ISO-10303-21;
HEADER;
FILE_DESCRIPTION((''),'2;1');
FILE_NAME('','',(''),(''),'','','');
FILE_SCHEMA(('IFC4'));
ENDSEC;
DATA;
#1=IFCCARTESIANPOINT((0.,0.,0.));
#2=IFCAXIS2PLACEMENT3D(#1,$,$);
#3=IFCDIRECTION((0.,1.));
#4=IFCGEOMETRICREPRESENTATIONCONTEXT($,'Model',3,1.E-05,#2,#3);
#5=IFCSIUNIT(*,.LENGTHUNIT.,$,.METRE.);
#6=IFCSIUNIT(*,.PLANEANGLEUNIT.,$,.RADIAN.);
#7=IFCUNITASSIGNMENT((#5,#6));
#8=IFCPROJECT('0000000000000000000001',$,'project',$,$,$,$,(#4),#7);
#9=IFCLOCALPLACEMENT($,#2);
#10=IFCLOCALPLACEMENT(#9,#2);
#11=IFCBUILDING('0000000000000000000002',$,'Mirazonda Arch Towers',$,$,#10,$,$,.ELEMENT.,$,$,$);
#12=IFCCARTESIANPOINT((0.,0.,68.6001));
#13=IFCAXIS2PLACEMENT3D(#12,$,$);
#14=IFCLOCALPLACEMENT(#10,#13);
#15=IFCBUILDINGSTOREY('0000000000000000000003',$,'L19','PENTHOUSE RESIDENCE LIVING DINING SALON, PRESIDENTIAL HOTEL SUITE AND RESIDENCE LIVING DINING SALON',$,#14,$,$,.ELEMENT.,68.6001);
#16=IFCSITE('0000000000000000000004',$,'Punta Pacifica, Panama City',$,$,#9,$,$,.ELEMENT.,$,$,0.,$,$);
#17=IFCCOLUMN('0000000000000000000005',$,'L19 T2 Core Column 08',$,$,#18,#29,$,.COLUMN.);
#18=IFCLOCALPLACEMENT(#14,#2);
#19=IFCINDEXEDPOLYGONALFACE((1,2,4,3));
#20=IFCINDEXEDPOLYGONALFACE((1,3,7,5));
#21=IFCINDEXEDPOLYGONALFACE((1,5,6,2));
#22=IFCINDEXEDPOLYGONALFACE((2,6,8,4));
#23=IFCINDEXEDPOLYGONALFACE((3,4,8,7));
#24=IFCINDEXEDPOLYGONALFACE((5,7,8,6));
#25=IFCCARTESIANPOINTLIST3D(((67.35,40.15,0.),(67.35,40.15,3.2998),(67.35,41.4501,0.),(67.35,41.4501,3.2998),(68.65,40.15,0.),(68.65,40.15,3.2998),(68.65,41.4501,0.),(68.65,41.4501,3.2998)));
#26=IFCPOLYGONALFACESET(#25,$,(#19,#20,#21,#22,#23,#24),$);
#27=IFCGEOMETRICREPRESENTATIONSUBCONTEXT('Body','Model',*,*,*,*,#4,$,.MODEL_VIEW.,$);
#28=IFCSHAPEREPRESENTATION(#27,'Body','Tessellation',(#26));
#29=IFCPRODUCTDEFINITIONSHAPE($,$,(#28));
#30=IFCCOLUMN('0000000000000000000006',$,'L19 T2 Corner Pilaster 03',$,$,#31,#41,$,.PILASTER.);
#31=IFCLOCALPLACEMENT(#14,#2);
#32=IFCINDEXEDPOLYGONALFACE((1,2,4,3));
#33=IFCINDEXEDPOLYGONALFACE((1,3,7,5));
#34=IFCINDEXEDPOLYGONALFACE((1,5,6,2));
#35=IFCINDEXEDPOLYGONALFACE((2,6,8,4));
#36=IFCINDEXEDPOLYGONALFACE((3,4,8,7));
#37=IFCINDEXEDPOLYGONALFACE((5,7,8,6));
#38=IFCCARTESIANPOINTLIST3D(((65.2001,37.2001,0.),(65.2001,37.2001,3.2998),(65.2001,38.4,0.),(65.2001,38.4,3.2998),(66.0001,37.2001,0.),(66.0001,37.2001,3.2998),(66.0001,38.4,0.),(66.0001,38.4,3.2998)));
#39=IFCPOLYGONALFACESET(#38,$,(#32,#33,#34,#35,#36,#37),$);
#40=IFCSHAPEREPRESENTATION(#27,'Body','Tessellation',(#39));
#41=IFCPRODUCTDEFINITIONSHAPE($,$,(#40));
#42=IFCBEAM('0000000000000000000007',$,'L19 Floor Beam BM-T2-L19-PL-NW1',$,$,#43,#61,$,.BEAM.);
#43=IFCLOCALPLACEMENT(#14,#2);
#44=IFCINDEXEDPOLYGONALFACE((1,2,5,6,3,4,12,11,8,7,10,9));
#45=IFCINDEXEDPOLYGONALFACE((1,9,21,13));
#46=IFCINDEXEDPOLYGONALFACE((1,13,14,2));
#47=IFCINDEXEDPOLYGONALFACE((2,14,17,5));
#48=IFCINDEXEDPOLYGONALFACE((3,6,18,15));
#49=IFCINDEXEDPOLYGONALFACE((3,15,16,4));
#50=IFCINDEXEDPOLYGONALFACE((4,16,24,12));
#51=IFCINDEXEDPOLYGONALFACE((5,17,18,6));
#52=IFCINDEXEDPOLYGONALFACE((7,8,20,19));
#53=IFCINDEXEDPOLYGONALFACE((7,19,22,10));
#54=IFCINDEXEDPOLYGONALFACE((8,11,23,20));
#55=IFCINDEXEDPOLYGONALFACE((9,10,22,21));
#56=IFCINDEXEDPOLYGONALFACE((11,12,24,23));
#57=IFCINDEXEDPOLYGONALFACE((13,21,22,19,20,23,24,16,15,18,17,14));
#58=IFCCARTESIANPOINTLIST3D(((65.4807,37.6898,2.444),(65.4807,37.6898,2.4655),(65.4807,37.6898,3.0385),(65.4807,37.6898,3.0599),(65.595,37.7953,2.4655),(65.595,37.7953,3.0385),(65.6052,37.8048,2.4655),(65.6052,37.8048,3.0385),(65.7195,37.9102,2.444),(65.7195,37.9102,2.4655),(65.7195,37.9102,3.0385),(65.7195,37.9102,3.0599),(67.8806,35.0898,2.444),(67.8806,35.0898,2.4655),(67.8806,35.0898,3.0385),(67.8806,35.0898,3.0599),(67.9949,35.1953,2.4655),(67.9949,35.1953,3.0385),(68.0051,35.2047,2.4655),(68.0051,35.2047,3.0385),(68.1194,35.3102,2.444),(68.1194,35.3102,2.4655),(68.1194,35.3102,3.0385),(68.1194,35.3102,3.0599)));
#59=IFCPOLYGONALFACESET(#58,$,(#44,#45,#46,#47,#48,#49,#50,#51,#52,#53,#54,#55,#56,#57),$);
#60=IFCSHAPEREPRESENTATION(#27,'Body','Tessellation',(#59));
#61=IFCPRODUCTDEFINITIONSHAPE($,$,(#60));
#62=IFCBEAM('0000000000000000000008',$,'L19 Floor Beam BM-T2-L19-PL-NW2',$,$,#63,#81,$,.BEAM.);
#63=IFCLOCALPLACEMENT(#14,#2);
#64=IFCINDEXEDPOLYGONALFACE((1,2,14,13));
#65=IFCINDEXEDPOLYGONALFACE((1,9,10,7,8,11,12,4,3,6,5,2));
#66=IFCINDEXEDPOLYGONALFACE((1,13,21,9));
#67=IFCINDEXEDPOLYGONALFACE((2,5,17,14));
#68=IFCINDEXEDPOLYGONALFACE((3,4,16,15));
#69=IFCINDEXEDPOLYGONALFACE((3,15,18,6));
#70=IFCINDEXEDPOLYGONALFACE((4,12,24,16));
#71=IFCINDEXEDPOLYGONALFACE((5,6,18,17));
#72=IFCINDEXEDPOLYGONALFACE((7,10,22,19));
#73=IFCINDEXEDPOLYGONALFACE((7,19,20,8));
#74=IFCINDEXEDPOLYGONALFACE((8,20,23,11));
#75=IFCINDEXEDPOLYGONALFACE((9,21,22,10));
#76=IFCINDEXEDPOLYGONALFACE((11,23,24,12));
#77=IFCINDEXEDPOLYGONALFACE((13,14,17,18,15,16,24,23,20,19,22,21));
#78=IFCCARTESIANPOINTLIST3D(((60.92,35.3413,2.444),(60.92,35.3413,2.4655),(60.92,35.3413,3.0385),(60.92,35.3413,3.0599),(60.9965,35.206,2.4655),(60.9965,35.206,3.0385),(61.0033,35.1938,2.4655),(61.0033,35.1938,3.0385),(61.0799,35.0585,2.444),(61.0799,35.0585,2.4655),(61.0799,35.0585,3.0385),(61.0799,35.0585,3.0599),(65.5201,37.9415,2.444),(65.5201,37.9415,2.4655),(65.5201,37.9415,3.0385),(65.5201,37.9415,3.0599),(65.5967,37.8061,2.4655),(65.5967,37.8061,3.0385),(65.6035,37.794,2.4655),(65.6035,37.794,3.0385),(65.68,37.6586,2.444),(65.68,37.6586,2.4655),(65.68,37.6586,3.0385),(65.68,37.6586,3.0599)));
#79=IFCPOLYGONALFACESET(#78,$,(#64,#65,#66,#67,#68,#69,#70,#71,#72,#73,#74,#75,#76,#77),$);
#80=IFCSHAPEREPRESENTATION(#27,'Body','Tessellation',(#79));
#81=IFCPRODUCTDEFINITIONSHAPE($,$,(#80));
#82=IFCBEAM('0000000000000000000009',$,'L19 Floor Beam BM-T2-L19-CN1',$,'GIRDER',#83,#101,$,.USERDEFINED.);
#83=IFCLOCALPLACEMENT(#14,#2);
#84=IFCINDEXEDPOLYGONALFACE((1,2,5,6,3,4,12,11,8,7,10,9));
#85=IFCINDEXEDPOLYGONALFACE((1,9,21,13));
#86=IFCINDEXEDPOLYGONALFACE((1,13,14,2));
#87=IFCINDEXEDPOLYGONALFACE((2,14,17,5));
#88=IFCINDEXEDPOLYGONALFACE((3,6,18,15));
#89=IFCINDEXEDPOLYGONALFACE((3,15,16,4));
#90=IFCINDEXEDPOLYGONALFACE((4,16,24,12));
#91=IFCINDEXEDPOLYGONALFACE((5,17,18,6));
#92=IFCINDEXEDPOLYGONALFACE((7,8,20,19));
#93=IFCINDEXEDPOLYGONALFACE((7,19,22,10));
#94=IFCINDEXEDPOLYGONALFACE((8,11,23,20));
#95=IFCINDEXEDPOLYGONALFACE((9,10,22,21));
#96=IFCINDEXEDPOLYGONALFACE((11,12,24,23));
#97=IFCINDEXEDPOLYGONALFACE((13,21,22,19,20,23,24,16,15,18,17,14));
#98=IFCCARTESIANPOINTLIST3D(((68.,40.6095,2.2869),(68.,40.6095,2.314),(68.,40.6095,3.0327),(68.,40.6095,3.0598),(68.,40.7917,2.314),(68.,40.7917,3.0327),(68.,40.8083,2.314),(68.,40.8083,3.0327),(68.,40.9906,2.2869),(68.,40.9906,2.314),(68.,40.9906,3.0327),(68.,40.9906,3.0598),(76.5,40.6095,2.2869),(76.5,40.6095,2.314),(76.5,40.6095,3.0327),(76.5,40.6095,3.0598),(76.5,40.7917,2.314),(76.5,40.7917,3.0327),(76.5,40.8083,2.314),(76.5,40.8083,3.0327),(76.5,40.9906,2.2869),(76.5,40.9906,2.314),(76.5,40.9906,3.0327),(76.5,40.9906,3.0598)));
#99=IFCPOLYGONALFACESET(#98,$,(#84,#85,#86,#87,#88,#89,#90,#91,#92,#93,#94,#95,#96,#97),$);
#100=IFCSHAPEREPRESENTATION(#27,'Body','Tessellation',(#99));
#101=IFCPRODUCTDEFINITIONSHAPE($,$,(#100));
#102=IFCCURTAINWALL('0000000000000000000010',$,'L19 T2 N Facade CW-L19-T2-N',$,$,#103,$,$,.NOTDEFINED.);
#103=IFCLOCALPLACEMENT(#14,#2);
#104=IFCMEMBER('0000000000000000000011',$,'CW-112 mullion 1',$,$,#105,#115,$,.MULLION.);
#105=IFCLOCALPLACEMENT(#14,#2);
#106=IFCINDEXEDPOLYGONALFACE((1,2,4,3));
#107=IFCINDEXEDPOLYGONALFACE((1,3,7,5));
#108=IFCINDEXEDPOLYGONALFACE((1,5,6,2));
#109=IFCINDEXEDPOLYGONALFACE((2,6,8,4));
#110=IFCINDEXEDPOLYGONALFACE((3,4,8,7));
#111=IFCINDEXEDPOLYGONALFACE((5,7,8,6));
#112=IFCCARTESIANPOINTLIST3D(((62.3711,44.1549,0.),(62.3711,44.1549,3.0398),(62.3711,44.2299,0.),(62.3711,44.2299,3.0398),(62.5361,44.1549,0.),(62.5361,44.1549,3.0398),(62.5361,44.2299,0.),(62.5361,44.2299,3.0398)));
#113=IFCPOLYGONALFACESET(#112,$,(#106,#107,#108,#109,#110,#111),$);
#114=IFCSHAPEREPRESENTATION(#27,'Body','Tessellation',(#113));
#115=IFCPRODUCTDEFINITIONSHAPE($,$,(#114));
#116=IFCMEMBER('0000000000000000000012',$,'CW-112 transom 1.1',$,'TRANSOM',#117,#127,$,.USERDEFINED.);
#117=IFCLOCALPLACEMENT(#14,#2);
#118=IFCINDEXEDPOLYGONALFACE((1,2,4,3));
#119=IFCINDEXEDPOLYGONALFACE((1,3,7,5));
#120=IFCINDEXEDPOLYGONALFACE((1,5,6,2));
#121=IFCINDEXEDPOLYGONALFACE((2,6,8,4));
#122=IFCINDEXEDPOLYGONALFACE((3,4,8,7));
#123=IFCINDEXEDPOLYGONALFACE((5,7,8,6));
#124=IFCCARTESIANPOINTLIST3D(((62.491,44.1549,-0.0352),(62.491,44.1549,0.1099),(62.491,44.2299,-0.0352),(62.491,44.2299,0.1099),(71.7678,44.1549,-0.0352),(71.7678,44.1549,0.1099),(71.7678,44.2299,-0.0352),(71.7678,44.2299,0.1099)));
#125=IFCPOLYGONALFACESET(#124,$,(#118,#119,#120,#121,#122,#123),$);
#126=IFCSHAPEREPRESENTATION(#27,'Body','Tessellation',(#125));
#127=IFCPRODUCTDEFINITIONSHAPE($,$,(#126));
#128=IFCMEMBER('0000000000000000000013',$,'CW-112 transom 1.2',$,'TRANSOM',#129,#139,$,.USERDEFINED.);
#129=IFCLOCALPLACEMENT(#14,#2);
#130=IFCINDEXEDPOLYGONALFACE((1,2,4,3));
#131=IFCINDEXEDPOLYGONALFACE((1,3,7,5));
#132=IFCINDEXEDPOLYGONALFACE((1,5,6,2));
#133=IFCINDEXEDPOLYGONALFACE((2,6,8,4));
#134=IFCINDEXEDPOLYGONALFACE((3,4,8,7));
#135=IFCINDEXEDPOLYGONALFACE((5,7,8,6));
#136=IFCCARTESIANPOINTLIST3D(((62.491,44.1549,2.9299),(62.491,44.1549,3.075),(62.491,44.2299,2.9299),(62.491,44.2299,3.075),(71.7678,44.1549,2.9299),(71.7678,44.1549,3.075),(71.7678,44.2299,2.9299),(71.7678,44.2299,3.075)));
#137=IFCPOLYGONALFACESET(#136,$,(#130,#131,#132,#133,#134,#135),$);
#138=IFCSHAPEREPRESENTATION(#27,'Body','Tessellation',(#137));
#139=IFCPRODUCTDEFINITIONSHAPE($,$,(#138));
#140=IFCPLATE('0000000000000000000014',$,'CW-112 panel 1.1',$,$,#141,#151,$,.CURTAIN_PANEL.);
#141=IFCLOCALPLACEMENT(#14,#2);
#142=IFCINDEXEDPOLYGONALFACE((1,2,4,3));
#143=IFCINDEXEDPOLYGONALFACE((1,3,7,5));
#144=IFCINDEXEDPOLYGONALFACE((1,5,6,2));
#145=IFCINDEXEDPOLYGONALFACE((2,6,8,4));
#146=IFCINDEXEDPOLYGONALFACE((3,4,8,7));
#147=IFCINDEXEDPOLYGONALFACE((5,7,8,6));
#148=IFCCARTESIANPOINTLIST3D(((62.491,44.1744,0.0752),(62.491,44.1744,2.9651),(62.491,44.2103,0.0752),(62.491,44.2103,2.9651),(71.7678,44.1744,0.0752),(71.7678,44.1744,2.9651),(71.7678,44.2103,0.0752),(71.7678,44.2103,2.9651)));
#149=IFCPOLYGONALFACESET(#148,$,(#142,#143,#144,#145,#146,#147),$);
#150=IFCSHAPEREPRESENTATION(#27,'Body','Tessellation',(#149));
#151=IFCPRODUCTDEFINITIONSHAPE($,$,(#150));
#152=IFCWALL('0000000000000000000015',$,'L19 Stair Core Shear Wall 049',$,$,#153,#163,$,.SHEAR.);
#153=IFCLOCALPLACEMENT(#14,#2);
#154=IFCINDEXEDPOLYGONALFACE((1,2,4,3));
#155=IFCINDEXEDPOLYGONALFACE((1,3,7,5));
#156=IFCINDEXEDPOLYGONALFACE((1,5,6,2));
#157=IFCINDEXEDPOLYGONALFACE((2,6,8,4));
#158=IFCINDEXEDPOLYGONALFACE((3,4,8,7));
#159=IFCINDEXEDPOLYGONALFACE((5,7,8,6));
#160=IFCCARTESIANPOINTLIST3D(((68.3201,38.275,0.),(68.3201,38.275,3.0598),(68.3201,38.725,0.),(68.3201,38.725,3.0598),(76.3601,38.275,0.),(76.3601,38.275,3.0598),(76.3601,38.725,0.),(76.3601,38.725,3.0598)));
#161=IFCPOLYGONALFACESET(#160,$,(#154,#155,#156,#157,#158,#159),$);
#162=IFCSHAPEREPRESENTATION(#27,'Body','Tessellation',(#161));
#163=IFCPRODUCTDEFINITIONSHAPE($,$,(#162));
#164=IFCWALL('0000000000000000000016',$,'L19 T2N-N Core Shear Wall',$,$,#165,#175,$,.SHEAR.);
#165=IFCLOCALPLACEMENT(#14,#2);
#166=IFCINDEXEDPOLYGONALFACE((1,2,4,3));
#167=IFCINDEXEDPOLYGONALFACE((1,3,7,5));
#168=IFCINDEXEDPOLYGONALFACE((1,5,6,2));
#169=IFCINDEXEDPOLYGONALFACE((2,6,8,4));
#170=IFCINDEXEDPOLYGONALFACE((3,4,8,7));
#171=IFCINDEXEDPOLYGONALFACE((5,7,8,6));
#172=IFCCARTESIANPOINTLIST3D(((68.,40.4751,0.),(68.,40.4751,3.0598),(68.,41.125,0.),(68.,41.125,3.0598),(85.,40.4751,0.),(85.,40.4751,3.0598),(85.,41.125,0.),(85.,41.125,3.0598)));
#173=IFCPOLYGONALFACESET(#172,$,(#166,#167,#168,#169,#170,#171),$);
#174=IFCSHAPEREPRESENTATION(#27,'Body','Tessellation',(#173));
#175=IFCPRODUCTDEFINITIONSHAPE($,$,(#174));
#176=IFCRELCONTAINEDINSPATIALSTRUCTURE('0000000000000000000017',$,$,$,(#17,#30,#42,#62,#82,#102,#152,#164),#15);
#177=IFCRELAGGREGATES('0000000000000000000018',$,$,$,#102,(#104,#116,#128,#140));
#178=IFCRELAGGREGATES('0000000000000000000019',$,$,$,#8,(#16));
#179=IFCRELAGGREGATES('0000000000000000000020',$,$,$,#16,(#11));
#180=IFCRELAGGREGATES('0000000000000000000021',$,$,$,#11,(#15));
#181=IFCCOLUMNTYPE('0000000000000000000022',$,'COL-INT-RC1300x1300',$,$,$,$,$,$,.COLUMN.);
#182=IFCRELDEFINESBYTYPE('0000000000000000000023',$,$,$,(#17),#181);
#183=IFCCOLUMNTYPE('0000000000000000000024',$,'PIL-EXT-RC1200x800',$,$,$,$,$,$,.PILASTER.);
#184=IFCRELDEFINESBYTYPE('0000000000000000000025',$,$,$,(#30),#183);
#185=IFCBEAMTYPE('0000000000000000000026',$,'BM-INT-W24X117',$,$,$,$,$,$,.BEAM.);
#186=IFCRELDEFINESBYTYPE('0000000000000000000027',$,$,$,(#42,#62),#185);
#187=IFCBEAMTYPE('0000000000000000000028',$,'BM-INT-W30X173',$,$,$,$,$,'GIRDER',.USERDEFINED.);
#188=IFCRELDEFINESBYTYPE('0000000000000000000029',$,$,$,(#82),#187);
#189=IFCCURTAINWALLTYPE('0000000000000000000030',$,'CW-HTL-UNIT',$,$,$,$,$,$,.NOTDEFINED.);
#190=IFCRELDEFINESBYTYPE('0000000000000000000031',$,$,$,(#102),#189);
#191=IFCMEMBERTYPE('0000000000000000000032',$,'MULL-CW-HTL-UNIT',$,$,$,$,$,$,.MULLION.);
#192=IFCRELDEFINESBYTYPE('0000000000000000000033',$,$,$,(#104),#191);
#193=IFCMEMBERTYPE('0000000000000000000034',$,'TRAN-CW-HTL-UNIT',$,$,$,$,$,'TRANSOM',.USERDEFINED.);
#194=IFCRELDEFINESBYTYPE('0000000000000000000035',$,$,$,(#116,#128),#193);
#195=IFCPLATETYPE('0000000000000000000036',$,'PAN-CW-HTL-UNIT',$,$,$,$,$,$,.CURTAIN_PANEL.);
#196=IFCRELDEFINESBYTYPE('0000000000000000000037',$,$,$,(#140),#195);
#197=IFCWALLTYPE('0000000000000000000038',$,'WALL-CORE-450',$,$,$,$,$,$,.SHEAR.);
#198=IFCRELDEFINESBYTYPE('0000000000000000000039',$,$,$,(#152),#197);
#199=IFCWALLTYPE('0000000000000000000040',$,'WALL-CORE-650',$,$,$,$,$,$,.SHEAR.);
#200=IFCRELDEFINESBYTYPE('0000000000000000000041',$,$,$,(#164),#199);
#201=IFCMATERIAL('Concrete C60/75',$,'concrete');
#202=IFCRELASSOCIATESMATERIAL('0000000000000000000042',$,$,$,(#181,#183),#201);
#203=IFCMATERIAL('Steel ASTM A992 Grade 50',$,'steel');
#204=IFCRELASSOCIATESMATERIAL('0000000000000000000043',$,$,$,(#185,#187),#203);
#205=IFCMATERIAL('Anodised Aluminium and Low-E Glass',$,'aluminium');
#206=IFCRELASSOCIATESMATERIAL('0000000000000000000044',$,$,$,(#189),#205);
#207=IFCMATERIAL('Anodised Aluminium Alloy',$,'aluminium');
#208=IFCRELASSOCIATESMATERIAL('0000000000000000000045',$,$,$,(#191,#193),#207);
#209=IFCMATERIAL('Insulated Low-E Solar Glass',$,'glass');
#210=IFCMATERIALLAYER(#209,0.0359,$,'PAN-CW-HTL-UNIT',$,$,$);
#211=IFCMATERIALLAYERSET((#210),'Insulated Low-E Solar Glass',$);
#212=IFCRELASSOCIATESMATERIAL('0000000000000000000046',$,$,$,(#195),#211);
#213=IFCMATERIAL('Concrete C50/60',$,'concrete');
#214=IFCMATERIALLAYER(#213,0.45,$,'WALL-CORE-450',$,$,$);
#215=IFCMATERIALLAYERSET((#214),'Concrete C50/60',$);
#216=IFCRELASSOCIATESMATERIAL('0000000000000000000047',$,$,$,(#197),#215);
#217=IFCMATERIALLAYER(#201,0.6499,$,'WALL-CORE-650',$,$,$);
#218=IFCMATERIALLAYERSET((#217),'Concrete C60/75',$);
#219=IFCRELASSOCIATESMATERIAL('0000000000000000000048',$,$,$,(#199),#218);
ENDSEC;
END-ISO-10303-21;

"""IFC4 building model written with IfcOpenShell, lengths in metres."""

from ifc_helpers import new_model, si_unit, direction, frame, frame_2d, origin, origin_2d, place, context, subcontext, project, spatial, rectangle, i_section, extrude, material, layer, layer_set, material_profile, profile_set, type_object, element, aggregate, save


model = new_model("IFC4")

# Units and contexts
model_context = context("Model", 3, precision=1e-05, world=origin(), true_north=direction((0.0, 1.0)))
body_context = subcontext(model_context, "Body", "Model", "MODEL_VIEW")
ifc_project = project(units=[si_unit("LENGTHUNIT", "METRE"), si_unit("PLANEANGLEUNIT", "RADIAN")], contexts=[model_context])

# Site, building, storey
site_placement = place(None, origin())
site = spatial("IfcSite", under=ifc_project, at=site_placement, Name="Punta Pacifica, Panama City", CompositionType="ELEMENT", RefElevation=0.0)
building_placement = place(site_placement, origin())
building = spatial("IfcBuilding", under=site, at=building_placement, Name="Mirazonda Arch Towers", CompositionType="ELEMENT")
storey_placement = place(building_placement, frame((0.0, 0.0, 68.6001)))
storey = spatial("IfcBuildingStorey", under=building, at=storey_placement, Name="L19", Description="PENTHOUSE RESIDENCE LIVING DINING SALON, PRESIDENTIAL HOTEL SUITE AND RESIDENCE LIVING DINING SALON", CompositionType="ELEMENT", Elevation=68.6001)

# Columns
ifc_material_1 = material(Name="Concrete C60/75", Category="concrete")
ifc_material_profile_1 = material_profile(ifc_material_1, rectangle(XDim=1.3, YDim=1.3, at=origin_2d()), Name="RC1300x1300")
ifc_profile_set_1 = profile_set([ifc_material_profile_1], Name="Concrete C60/75")
column_type_1 = type_object("IfcColumnType", Name="COL-INT-RC1300x1300", PredefinedType="COLUMN", material=ifc_profile_set_1)
column_1_placement = place(storey_placement, frame((68.0, 40.8, 0.0), z_axis=(0.0, 0.0, 1.0), x_axis=(1.0, 0.0, 0.0)))
element("IfcColumn", 1, at=column_1_placement, inside=storey, type_object=column_type_1, Name="L19 T2 Core Column 08", PredefinedType="COLUMN", context=body_context, shape_type="SweptSolid", body=[
    extrude(rectangle(XDim=1.3, YDim=1.3, at=origin_2d()), origin(), (0.0, 0.0, 1.0), 3.2998),
])
ifc_material_profile_2 = material_profile(ifc_material_1, rectangle(XDim=0.8, YDim=1.2, at=origin_2d()), Name="RC1200x800")
ifc_profile_set_2 = profile_set([ifc_material_profile_2], Name="Concrete C60/75")
column_type_2 = type_object("IfcColumnType", Name="PIL-EXT-RC1200x800", PredefinedType="PILASTER", material=ifc_profile_set_2)
column_2_placement = place(storey_placement, frame((65.6001, 37.8, 0.0), z_axis=(0.0, 0.0, 1.0), x_axis=(1.0, 0.0, 0.0)))
element("IfcColumn", 2, at=column_2_placement, inside=storey, type_object=column_type_2, Name="L19 T2 Corner Pilaster 03", PredefinedType="PILASTER", context=body_context, shape_type="SweptSolid", body=[
    extrude(rectangle(XDim=0.8, YDim=1.2, at=origin_2d()), origin(), (0.0, 0.0, 1.0), 3.2998),
])

# Beams
ifc_material_2 = material(Name="Steel ASTM A992 Grade 50", Category="steel")
ifc_material_profile_3 = material_profile(ifc_material_2, i_section(OverallWidth=0.325, OverallDepth=0.616, WebThickness=0.0139, FlangeThickness=0.0215, at=origin_2d()), Name="W24X117")
ifc_profile_set_3 = profile_set([ifc_material_profile_3], Name="Steel ASTM A992 Grade 50")
beam_type_1 = type_object("IfcBeamType", Name="BM-INT-W24X117", PredefinedType="BEAM", material=ifc_profile_set_3)
beam_1_placement = place(storey_placement, frame((65.6001, 37.8, 2.752), z_axis=(0.678251, -0.73483, 0.0), x_axis=(0.73483, 0.678251, 0.0)))
element("IfcBeam", 3, at=beam_1_placement, inside=storey, type_object=beam_type_1, Name="L19 Floor Beam BM-T2-L19-PL-NW1", PredefinedType="BEAM", context=body_context, shape_type="SweptSolid", body=[
    extrude(i_section(OverallWidth=0.325, OverallDepth=0.616, WebThickness=0.0139, FlangeThickness=0.0215, at=origin_2d()), origin(), (0.0, 0.0, 1.0), 3.5383),
])
beam_2_placement = place(storey_placement, frame((65.6001, 37.8, 2.752), z_axis=(-0.870559, -0.492063, 0.0), x_axis=(0.492063, -0.870559, 0.0)))
element("IfcBeam", 4, at=beam_2_placement, inside=storey, type_object=beam_type_1, Name="L19 Floor Beam BM-T2-L19-PL-NW2", PredefinedType="BEAM", context=body_context, shape_type="SweptSolid", body=[
    extrude(i_section(OverallWidth=0.325, OverallDepth=0.616, WebThickness=0.0139, FlangeThickness=0.0215, at=origin_2d()), origin(), (0.0, 0.0, 1.0), 5.2842),
])
ifc_material_profile_4 = material_profile(ifc_material_2, i_section(OverallWidth=0.3811, OverallDepth=0.7729, WebThickness=0.0166, FlangeThickness=0.0271, at=origin_2d()), Name="W30X173")
ifc_profile_set_4 = profile_set([ifc_material_profile_4], Name="Steel ASTM A992 Grade 50")
beam_type_2 = type_object("IfcBeamType", Name="BM-INT-W30X173", ElementType="GIRDER", PredefinedType="USERDEFINED", material=ifc_profile_set_4)
beam_3_placement = place(storey_placement, frame((68.0, 40.8, 2.6733), z_axis=(1.0, 0.0, 0.0), x_axis=(0.0, 1.0, 0.0)))
element("IfcBeam", 5, at=beam_3_placement, inside=storey, type_object=beam_type_2, Name="L19 Floor Beam BM-T2-L19-CN1", ObjectType="GIRDER", PredefinedType="USERDEFINED", context=body_context, shape_type="SweptSolid", body=[
    extrude(i_section(OverallWidth=0.3811, OverallDepth=0.7729, WebThickness=0.0166, FlangeThickness=0.0271, at=origin_2d()), origin(), (0.0, 0.0, 1.0), 8.5),
])

# Curtain wall, members, plate
ifc_material_3 = material(Name="Anodised Aluminium and Low-E Glass", Category="aluminium")
curtain_wall_type = type_object("IfcCurtainWallType", Name="CW-HTL-UNIT", PredefinedType="NOTDEFINED", material=ifc_material_3)
curtain_wall_placement = place(storey_placement, origin())
curtain_wall = element("IfcCurtainWall", 6, at=curtain_wall_placement, inside=storey, type_object=curtain_wall_type, Name="L19 T2 N Facade CW-L19-T2-N", PredefinedType="NOTDEFINED")
ifc_material_4 = material(Name="Anodised Aluminium Alloy", Category="aluminium")
ifc_material_profile_5 = material_profile(ifc_material_4, rectangle(XDim=0.075, YDim=0.165, at=origin_2d()), Name="ALU-MULL-75x165")
ifc_profile_set_5 = profile_set([ifc_material_profile_5], Name="Anodised Aluminium Alloy")
member_type_1 = type_object("IfcMemberType", Name="MULL-CW-HTL-UNIT", PredefinedType="MULLION", material=ifc_profile_set_5)
member_1_placement = place(storey_placement, frame((62.4536, 44.1924, 0.0), z_axis=(0.0, 0.0, 1.0), x_axis=(0.0, 1.0, 0.0)))
member_1 = element("IfcMember", 7, at=member_1_placement, type_object=member_type_1, Name="CW-112 mullion 1", PredefinedType="MULLION", context=body_context, shape_type="SweptSolid", body=[
    extrude(rectangle(XDim=0.075, YDim=0.165, at=origin_2d()), origin(), (0.0, 0.0, 1.0), 3.0398),
])
ifc_material_profile_6 = material_profile(ifc_material_4, rectangle(XDim=0.075, YDim=0.145, at=origin_2d()), Name="ALU-TRAN-75x145")
ifc_profile_set_6 = profile_set([ifc_material_profile_6], Name="Anodised Aluminium Alloy")
member_type_2 = type_object("IfcMemberType", Name="TRAN-CW-HTL-UNIT", ElementType="TRANSOM", PredefinedType="USERDEFINED", material=ifc_profile_set_6)
member_2_placement = place(storey_placement, frame((62.491, 44.1924, 0.0374), z_axis=(1.0, 0.0, 0.0), x_axis=(0.0, 1.0, 0.0)))
member_2 = element("IfcMember", 8, at=member_2_placement, type_object=member_type_2, Name="CW-112 transom 1.1", ObjectType="TRANSOM", PredefinedType="USERDEFINED", context=body_context, shape_type="SweptSolid", body=[
    extrude(rectangle(XDim=0.075, YDim=0.145, at=origin_2d()), origin(), (0.0, 0.0, 1.0), 9.2769),
])
member_3_placement = place(storey_placement, frame((62.491, 44.1924, 3.0024), z_axis=(1.0, 0.0, 0.0), x_axis=(0.0, 1.0, 0.0)))
member_3 = element("IfcMember", 9, at=member_3_placement, type_object=member_type_2, Name="CW-112 transom 1.2", ObjectType="TRANSOM", PredefinedType="USERDEFINED", context=body_context, shape_type="SweptSolid", body=[
    extrude(rectangle(XDim=0.075, YDim=0.145, at=origin_2d()), origin(), (0.0, 0.0, 1.0), 9.2769),
])
ifc_material_5 = material(Name="Insulated Low-E Solar Glass", Category="glass")
ifc_layer_1 = layer(ifc_material_5, 0.0359, Name="PAN-CW-HTL-UNIT")
ifc_layer_set_1 = layer_set([ifc_layer_1], Name="Insulated Low-E Solar Glass")
plate_type = type_object("IfcPlateType", Name="PAN-CW-HTL-UNIT", PredefinedType="CURTAIN_PANEL", material=ifc_layer_set_1)
plate_placement = place(storey_placement, frame((67.1294, 44.1924, 0.0752), z_axis=(0.0, 0.0, 1.0), x_axis=(1.0, 0.0, 0.0)))
plate = element("IfcPlate", 10, at=plate_placement, type_object=plate_type, Name="CW-112 panel 1.1", PredefinedType="CURTAIN_PANEL", context=body_context, shape_type="SweptSolid", body=[
    extrude(rectangle(XDim=9.2769, YDim=0.0359, at=origin_2d()), origin(), (0.0, 0.0, 1.0), 2.8899),
])
aggregate(curtain_wall, [member_1, member_2, member_3, plate])

# Walls
ifc_material_6 = material(Name="Concrete C50/60", Category="concrete")
ifc_layer_2 = layer(ifc_material_6, 0.45, Name="WALL-CORE-450")
ifc_layer_set_2 = layer_set([ifc_layer_2], Name="Concrete C50/60")
wall_type_1 = type_object("IfcWallType", Name="WALL-CORE-450", PredefinedType="SHEAR", material=ifc_layer_set_2)
wall_1_placement = place(storey_placement, frame((68.3201, 38.5, 0.0), z_axis=(0.0, 0.0, 1.0), x_axis=(1.0, 0.0, 0.0)))
element("IfcWall", 11, at=wall_1_placement, inside=storey, type_object=wall_type_1, Name="L19 Stair Core Shear Wall 049", PredefinedType="SHEAR", context=body_context, shape_type="SweptSolid", body=[
    extrude(rectangle(XDim=8.04, YDim=0.45, at=frame_2d((4.02, 0.0))), origin(), (0.0, 0.0, 1.0), 3.0598),
])
ifc_layer_3 = layer(ifc_material_1, 0.6499, Name="WALL-CORE-650")
ifc_layer_set_3 = layer_set([ifc_layer_3], Name="Concrete C60/75")
wall_type_2 = type_object("IfcWallType", Name="WALL-CORE-650", PredefinedType="SHEAR", material=ifc_layer_set_3)
wall_2_placement = place(storey_placement, frame((68.0, 40.8, 0.0), z_axis=(0.0, 0.0, 1.0), x_axis=(1.0, 0.0, 0.0)))
element("IfcWall", 12, at=wall_2_placement, inside=storey, type_object=wall_type_2, Name="L19 T2N-N Core Shear Wall", PredefinedType="SHEAR", context=body_context, shape_type="SweptSolid", body=[
    extrude(rectangle(XDim=17.0, YDim=0.6499, at=frame_2d((8.5, 0.0))), origin(), (0.0, 0.0, 1.0), 3.0598),
])

save(model, "model.ifc")
